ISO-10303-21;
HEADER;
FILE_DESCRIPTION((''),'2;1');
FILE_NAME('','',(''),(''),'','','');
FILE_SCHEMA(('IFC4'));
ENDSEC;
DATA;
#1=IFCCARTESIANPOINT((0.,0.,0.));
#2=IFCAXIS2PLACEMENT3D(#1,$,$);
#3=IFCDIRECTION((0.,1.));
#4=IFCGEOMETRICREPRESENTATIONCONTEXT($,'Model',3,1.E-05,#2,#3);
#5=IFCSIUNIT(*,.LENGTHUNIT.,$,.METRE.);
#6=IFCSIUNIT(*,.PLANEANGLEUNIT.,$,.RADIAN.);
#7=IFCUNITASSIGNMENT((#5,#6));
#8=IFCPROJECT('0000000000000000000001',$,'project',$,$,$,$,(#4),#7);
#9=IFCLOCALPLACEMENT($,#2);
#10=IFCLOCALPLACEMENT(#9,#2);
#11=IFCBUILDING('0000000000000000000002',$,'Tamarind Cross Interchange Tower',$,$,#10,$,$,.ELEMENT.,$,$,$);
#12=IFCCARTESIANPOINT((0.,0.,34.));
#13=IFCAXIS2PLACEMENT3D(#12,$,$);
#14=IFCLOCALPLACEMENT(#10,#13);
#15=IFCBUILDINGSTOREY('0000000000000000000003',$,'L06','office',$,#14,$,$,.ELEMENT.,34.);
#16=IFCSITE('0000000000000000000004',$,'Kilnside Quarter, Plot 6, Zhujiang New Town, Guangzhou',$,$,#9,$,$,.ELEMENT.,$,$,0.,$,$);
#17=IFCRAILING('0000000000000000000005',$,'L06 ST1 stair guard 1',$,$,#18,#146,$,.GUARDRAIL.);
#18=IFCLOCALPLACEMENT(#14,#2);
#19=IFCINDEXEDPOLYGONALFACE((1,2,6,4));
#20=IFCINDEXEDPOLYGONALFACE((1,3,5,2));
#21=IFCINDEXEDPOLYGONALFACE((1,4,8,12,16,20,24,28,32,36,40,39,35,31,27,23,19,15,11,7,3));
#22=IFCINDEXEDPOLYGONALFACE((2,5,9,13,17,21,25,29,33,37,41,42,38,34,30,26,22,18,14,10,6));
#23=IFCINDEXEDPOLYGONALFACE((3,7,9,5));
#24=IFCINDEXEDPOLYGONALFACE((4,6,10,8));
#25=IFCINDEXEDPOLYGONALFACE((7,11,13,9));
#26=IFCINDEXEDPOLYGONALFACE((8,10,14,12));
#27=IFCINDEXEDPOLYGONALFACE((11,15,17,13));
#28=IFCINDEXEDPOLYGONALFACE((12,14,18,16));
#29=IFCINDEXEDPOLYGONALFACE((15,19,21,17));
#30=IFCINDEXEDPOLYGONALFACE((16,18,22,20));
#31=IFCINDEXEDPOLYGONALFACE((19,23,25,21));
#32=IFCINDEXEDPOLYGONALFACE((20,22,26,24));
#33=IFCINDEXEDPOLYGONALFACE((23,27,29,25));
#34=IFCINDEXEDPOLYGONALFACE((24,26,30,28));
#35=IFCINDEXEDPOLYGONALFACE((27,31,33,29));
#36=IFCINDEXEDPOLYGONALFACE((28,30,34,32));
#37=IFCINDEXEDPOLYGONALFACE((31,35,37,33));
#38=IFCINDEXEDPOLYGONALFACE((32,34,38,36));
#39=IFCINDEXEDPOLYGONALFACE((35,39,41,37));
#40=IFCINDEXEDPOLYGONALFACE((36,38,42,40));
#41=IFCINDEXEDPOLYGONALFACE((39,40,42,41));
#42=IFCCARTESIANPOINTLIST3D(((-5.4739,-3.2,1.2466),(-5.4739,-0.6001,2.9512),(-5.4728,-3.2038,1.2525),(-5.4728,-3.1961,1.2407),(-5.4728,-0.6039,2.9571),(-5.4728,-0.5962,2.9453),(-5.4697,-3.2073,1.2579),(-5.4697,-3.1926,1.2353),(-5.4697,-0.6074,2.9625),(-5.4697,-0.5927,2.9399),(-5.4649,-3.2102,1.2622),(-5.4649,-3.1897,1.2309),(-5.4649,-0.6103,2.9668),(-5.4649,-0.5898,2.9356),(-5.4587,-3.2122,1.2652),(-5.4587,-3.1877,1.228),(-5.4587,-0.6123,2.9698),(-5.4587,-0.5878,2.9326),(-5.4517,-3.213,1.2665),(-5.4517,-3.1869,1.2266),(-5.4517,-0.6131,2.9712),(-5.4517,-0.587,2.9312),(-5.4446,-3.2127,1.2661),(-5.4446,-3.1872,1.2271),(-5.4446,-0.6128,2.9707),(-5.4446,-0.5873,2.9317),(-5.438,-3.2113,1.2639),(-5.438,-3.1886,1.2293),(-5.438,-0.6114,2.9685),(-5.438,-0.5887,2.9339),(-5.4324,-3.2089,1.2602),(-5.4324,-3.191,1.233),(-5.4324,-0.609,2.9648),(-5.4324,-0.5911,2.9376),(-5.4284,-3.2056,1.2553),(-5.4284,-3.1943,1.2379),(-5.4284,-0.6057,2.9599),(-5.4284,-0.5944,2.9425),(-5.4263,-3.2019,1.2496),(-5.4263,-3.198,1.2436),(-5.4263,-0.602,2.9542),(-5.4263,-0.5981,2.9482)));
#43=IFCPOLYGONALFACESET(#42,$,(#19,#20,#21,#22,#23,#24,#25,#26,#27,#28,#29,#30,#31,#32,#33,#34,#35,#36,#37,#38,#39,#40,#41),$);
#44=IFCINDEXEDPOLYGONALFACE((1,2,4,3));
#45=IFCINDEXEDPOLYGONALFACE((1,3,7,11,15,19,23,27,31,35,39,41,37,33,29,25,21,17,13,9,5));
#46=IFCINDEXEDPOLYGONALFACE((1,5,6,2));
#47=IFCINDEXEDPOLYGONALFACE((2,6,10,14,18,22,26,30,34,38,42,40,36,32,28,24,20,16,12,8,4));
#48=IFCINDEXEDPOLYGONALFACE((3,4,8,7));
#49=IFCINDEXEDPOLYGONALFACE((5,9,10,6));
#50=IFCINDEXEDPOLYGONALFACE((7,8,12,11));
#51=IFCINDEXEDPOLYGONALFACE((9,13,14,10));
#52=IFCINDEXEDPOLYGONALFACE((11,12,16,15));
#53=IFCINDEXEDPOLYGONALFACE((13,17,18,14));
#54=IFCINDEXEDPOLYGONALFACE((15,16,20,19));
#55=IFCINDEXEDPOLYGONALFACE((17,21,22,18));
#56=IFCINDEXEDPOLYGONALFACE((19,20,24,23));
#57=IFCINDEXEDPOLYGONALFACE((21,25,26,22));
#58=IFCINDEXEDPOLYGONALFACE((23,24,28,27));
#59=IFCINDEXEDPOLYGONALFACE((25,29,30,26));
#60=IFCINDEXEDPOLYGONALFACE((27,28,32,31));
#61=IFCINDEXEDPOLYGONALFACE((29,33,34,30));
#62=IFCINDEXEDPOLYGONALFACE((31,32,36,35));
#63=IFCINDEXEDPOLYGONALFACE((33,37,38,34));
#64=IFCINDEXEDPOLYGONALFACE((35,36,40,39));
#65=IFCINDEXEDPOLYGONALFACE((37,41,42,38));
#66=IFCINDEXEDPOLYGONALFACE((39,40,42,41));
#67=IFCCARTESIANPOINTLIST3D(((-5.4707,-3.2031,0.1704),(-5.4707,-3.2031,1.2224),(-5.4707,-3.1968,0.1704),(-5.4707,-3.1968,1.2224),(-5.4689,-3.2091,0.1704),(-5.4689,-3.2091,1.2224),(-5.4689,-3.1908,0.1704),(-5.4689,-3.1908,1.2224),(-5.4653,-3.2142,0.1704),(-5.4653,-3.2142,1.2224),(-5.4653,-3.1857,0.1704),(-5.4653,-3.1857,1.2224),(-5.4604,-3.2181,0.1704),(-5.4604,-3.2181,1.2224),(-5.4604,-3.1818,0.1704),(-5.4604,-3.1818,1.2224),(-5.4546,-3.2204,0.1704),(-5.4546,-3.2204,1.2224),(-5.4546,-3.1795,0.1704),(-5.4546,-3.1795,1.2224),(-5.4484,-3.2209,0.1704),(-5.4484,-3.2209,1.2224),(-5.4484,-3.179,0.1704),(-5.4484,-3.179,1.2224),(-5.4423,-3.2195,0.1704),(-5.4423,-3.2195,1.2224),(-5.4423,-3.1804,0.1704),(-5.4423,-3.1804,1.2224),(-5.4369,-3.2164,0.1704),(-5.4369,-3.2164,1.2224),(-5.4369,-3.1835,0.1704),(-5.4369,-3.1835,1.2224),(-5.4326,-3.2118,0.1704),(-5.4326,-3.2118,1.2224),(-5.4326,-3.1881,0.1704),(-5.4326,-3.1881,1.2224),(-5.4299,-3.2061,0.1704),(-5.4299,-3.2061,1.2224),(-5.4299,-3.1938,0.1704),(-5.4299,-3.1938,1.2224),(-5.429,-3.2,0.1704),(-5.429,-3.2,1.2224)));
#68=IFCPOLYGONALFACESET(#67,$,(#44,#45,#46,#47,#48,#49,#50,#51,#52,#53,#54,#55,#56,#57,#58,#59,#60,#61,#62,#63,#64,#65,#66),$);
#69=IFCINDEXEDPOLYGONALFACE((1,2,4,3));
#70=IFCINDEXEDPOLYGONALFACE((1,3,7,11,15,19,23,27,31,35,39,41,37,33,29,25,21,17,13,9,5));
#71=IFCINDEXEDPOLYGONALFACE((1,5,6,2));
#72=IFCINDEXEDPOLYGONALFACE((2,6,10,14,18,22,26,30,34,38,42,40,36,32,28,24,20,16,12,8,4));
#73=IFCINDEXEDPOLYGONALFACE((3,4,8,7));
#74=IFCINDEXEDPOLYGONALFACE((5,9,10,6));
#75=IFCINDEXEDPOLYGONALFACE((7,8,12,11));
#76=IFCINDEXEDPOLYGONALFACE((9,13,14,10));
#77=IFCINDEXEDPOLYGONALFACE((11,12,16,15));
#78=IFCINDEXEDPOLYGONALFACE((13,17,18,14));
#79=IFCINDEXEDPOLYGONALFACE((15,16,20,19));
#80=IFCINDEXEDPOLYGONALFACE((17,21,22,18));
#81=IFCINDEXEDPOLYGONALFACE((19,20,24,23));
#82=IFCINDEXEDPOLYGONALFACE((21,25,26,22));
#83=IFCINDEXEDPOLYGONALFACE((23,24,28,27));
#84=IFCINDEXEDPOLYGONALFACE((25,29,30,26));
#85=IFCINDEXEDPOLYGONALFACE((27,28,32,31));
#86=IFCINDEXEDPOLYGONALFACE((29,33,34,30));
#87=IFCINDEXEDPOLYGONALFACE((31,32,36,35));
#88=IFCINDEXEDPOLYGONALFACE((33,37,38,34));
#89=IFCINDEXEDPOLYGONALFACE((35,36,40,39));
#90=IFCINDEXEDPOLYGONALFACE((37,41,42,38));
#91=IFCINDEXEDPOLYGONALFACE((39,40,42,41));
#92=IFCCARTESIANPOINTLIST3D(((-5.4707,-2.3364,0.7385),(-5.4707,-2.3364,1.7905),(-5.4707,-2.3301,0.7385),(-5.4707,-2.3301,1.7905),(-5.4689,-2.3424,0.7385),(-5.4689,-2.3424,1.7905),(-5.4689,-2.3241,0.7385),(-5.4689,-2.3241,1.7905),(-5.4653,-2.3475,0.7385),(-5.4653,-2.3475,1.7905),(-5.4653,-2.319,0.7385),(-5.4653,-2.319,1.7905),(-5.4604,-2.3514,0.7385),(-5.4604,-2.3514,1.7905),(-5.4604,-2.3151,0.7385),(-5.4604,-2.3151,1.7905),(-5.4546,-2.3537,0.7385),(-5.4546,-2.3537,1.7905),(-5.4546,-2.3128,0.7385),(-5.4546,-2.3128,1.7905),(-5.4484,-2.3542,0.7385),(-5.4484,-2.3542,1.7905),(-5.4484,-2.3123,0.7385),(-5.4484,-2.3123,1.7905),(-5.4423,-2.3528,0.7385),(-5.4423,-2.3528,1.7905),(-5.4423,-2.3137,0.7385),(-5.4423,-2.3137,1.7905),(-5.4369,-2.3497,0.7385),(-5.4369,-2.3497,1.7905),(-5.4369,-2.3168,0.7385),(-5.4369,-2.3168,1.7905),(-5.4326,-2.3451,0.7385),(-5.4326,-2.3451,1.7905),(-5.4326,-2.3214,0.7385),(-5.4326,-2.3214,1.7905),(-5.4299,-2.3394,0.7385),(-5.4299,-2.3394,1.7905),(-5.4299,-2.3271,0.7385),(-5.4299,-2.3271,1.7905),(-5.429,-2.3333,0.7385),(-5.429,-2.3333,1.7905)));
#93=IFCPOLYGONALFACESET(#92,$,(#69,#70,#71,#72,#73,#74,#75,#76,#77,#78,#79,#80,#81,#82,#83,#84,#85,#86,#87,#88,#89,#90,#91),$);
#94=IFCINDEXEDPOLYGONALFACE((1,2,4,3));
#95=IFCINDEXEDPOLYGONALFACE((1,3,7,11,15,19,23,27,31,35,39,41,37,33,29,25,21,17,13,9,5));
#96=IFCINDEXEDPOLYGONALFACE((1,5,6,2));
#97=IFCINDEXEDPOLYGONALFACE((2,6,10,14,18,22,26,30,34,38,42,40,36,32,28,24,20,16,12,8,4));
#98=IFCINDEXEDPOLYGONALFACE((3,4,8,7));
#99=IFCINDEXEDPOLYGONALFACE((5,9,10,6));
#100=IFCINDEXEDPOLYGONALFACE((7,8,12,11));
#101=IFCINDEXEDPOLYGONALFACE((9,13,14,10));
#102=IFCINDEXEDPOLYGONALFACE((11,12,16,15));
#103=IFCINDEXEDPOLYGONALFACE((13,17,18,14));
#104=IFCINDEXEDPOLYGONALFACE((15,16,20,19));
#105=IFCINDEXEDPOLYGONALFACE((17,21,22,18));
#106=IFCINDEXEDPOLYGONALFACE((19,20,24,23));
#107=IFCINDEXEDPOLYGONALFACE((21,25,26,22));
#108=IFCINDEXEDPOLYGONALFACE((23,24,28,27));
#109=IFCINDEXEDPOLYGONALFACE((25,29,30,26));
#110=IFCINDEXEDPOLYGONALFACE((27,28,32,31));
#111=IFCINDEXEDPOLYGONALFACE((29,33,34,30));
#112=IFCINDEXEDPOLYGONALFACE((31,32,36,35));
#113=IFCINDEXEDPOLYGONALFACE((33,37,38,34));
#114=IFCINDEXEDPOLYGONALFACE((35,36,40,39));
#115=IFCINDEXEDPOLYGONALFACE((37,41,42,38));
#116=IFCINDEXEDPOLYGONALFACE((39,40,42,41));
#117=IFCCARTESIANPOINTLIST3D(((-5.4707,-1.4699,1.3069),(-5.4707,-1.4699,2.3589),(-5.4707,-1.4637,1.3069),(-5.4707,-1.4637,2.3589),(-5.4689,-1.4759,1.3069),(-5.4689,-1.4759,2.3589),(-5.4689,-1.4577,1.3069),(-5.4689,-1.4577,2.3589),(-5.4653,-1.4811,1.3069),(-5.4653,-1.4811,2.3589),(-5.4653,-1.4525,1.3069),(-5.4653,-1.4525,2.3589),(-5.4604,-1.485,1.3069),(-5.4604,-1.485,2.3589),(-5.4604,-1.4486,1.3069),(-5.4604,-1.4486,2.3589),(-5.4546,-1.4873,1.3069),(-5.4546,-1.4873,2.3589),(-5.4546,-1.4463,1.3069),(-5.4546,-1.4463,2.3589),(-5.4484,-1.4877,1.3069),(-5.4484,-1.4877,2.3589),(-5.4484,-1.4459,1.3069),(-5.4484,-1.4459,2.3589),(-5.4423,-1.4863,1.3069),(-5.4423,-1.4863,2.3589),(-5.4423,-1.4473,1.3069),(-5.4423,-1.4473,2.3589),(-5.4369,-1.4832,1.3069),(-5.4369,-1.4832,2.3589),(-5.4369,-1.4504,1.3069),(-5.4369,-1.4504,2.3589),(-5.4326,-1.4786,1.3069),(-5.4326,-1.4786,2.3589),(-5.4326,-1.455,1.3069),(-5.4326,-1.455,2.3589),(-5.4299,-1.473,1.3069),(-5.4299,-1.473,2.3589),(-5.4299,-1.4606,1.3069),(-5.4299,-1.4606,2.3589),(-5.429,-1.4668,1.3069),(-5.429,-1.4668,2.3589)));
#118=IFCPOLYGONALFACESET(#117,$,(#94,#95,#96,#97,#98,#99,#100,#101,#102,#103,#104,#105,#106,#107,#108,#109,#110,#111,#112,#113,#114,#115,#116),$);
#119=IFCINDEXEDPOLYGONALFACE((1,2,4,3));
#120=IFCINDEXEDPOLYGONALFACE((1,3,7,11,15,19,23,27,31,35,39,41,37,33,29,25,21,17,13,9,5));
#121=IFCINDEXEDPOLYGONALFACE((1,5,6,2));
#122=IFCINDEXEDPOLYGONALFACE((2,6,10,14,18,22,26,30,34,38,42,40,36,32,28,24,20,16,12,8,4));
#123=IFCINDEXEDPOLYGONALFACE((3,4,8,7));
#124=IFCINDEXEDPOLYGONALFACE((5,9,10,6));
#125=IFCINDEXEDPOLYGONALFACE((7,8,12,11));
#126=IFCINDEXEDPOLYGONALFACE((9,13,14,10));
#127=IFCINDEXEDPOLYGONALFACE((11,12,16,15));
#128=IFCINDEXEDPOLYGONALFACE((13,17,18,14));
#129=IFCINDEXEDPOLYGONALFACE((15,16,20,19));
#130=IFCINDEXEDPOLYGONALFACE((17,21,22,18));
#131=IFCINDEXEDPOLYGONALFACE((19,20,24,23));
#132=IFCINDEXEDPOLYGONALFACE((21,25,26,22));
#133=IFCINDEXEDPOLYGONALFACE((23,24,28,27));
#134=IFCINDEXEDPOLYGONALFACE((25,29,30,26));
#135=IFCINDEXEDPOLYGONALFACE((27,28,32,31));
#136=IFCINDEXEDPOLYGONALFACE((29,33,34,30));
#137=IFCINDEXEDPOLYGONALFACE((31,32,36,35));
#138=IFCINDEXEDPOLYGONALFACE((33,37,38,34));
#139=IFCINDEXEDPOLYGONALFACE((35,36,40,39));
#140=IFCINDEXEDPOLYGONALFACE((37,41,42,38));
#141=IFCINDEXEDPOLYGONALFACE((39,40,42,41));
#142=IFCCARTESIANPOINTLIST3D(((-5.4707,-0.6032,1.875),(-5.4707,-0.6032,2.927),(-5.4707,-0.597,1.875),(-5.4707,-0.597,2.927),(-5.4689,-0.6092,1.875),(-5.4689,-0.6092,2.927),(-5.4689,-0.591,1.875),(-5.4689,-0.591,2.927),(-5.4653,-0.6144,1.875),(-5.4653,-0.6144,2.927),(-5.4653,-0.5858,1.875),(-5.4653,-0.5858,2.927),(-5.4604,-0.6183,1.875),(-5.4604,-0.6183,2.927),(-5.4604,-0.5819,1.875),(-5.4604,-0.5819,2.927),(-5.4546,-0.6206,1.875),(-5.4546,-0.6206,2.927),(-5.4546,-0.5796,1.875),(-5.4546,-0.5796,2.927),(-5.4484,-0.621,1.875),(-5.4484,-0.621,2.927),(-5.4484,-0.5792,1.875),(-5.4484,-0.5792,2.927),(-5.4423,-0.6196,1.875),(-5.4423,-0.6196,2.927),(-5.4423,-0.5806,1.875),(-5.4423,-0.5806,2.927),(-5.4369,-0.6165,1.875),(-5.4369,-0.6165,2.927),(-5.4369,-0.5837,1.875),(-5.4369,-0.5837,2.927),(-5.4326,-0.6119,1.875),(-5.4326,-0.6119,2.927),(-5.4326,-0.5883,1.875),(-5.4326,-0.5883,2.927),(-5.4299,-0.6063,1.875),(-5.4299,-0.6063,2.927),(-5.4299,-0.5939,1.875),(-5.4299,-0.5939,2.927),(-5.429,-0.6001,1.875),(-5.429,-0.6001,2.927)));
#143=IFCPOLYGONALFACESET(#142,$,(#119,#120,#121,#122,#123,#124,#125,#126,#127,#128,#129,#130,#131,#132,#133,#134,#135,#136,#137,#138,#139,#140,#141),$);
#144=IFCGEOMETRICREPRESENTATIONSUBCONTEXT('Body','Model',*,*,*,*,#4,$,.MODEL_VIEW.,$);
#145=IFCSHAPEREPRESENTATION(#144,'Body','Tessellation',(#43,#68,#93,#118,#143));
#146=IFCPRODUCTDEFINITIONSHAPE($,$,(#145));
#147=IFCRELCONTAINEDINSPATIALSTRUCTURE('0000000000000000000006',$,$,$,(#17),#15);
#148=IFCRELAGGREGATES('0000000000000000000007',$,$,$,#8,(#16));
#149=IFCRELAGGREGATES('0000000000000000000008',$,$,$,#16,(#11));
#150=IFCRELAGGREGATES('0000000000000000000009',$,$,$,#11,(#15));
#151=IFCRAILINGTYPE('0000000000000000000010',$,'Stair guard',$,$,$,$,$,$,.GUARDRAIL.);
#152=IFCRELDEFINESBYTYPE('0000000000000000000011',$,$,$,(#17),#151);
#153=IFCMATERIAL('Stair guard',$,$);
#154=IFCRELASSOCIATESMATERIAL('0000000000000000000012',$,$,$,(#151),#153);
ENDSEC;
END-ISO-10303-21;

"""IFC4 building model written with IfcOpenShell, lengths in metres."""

from ifc_helpers import new_model, si_unit, direction, frame, origin, origin_2d, place, context, subcontext, project, spatial, circle, extrude, material, type_object, element, save


model = new_model("IFC4")

# Units and contexts
model_context = context("Model", 3, precision=1e-05, world=origin(), true_north=direction((0.0, 1.0)))
body_context = subcontext(model_context, "Body", "Model", "MODEL_VIEW")
ifc_project = project(units=[si_unit("LENGTHUNIT", "METRE"), si_unit("PLANEANGLEUNIT", "RADIAN")], contexts=[model_context])

# Site, building, storey
site_placement = place(None, origin())
site = spatial("IfcSite", under=ifc_project, at=site_placement, Name="Kilnside Quarter, Plot 6, Zhujiang New Town, Guangzhou", CompositionType="ELEMENT", RefElevation=0.0)
building_placement = place(site_placement, origin())
building = spatial("IfcBuilding", under=site, at=building_placement, Name="Tamarind Cross Interchange Tower", CompositionType="ELEMENT")
storey_placement = place(building_placement, frame((0.0, 0.0, 34.0)))
storey = spatial("IfcBuildingStorey", under=building, at=storey_placement, Name="L06", Description="office", CompositionType="ELEMENT", Elevation=34.0)

# Railing
ifc_material_1 = material(Name="Stair guard")
railing_type_1 = type_object("IfcRailingType", Name="Stair guard", PredefinedType="GUARDRAIL", material=ifc_material_1)
railing_1_placement = place(storey_placement, frame((-5.45, -3.2, 0.1704)))
element("IfcRailing", 1, at=railing_1_placement, inside=storey, type_object=railing_type_1, Name="L06 ST1 stair guard 1", PredefinedType="GUARDRAIL", context=body_context, shape_type="SweptSolid", body=[
    extrude(circle(Radius=0.0239, at=origin_2d()), frame((0.0, 0.0, 1.0762), z_axis=(0.0, 0.836279, 0.548305), x_axis=(-1.0, 0.0, 0.0)), (0.0, 0.0, 1.0), 3.1089),
    extrude(circle(Radius=0.021, at=origin_2d()), origin(), (0.0, 0.0, 1.0), 1.052),
    extrude(circle(Radius=0.021, at=origin_2d()), frame((0.0, 0.8667, 0.5681)), (0.0, 0.0, 1.0), 1.052),
    extrude(circle(Radius=0.021, at=origin_2d()), frame((0.0, 1.7332, 1.1365)), (0.0, 0.0, 1.0), 1.052),
    extrude(circle(Radius=0.021, at=origin_2d()), frame((0.0, 2.5999, 1.7046)), (0.0, 0.0, 1.0), 1.052),
])

save(model, "model.ifc")
